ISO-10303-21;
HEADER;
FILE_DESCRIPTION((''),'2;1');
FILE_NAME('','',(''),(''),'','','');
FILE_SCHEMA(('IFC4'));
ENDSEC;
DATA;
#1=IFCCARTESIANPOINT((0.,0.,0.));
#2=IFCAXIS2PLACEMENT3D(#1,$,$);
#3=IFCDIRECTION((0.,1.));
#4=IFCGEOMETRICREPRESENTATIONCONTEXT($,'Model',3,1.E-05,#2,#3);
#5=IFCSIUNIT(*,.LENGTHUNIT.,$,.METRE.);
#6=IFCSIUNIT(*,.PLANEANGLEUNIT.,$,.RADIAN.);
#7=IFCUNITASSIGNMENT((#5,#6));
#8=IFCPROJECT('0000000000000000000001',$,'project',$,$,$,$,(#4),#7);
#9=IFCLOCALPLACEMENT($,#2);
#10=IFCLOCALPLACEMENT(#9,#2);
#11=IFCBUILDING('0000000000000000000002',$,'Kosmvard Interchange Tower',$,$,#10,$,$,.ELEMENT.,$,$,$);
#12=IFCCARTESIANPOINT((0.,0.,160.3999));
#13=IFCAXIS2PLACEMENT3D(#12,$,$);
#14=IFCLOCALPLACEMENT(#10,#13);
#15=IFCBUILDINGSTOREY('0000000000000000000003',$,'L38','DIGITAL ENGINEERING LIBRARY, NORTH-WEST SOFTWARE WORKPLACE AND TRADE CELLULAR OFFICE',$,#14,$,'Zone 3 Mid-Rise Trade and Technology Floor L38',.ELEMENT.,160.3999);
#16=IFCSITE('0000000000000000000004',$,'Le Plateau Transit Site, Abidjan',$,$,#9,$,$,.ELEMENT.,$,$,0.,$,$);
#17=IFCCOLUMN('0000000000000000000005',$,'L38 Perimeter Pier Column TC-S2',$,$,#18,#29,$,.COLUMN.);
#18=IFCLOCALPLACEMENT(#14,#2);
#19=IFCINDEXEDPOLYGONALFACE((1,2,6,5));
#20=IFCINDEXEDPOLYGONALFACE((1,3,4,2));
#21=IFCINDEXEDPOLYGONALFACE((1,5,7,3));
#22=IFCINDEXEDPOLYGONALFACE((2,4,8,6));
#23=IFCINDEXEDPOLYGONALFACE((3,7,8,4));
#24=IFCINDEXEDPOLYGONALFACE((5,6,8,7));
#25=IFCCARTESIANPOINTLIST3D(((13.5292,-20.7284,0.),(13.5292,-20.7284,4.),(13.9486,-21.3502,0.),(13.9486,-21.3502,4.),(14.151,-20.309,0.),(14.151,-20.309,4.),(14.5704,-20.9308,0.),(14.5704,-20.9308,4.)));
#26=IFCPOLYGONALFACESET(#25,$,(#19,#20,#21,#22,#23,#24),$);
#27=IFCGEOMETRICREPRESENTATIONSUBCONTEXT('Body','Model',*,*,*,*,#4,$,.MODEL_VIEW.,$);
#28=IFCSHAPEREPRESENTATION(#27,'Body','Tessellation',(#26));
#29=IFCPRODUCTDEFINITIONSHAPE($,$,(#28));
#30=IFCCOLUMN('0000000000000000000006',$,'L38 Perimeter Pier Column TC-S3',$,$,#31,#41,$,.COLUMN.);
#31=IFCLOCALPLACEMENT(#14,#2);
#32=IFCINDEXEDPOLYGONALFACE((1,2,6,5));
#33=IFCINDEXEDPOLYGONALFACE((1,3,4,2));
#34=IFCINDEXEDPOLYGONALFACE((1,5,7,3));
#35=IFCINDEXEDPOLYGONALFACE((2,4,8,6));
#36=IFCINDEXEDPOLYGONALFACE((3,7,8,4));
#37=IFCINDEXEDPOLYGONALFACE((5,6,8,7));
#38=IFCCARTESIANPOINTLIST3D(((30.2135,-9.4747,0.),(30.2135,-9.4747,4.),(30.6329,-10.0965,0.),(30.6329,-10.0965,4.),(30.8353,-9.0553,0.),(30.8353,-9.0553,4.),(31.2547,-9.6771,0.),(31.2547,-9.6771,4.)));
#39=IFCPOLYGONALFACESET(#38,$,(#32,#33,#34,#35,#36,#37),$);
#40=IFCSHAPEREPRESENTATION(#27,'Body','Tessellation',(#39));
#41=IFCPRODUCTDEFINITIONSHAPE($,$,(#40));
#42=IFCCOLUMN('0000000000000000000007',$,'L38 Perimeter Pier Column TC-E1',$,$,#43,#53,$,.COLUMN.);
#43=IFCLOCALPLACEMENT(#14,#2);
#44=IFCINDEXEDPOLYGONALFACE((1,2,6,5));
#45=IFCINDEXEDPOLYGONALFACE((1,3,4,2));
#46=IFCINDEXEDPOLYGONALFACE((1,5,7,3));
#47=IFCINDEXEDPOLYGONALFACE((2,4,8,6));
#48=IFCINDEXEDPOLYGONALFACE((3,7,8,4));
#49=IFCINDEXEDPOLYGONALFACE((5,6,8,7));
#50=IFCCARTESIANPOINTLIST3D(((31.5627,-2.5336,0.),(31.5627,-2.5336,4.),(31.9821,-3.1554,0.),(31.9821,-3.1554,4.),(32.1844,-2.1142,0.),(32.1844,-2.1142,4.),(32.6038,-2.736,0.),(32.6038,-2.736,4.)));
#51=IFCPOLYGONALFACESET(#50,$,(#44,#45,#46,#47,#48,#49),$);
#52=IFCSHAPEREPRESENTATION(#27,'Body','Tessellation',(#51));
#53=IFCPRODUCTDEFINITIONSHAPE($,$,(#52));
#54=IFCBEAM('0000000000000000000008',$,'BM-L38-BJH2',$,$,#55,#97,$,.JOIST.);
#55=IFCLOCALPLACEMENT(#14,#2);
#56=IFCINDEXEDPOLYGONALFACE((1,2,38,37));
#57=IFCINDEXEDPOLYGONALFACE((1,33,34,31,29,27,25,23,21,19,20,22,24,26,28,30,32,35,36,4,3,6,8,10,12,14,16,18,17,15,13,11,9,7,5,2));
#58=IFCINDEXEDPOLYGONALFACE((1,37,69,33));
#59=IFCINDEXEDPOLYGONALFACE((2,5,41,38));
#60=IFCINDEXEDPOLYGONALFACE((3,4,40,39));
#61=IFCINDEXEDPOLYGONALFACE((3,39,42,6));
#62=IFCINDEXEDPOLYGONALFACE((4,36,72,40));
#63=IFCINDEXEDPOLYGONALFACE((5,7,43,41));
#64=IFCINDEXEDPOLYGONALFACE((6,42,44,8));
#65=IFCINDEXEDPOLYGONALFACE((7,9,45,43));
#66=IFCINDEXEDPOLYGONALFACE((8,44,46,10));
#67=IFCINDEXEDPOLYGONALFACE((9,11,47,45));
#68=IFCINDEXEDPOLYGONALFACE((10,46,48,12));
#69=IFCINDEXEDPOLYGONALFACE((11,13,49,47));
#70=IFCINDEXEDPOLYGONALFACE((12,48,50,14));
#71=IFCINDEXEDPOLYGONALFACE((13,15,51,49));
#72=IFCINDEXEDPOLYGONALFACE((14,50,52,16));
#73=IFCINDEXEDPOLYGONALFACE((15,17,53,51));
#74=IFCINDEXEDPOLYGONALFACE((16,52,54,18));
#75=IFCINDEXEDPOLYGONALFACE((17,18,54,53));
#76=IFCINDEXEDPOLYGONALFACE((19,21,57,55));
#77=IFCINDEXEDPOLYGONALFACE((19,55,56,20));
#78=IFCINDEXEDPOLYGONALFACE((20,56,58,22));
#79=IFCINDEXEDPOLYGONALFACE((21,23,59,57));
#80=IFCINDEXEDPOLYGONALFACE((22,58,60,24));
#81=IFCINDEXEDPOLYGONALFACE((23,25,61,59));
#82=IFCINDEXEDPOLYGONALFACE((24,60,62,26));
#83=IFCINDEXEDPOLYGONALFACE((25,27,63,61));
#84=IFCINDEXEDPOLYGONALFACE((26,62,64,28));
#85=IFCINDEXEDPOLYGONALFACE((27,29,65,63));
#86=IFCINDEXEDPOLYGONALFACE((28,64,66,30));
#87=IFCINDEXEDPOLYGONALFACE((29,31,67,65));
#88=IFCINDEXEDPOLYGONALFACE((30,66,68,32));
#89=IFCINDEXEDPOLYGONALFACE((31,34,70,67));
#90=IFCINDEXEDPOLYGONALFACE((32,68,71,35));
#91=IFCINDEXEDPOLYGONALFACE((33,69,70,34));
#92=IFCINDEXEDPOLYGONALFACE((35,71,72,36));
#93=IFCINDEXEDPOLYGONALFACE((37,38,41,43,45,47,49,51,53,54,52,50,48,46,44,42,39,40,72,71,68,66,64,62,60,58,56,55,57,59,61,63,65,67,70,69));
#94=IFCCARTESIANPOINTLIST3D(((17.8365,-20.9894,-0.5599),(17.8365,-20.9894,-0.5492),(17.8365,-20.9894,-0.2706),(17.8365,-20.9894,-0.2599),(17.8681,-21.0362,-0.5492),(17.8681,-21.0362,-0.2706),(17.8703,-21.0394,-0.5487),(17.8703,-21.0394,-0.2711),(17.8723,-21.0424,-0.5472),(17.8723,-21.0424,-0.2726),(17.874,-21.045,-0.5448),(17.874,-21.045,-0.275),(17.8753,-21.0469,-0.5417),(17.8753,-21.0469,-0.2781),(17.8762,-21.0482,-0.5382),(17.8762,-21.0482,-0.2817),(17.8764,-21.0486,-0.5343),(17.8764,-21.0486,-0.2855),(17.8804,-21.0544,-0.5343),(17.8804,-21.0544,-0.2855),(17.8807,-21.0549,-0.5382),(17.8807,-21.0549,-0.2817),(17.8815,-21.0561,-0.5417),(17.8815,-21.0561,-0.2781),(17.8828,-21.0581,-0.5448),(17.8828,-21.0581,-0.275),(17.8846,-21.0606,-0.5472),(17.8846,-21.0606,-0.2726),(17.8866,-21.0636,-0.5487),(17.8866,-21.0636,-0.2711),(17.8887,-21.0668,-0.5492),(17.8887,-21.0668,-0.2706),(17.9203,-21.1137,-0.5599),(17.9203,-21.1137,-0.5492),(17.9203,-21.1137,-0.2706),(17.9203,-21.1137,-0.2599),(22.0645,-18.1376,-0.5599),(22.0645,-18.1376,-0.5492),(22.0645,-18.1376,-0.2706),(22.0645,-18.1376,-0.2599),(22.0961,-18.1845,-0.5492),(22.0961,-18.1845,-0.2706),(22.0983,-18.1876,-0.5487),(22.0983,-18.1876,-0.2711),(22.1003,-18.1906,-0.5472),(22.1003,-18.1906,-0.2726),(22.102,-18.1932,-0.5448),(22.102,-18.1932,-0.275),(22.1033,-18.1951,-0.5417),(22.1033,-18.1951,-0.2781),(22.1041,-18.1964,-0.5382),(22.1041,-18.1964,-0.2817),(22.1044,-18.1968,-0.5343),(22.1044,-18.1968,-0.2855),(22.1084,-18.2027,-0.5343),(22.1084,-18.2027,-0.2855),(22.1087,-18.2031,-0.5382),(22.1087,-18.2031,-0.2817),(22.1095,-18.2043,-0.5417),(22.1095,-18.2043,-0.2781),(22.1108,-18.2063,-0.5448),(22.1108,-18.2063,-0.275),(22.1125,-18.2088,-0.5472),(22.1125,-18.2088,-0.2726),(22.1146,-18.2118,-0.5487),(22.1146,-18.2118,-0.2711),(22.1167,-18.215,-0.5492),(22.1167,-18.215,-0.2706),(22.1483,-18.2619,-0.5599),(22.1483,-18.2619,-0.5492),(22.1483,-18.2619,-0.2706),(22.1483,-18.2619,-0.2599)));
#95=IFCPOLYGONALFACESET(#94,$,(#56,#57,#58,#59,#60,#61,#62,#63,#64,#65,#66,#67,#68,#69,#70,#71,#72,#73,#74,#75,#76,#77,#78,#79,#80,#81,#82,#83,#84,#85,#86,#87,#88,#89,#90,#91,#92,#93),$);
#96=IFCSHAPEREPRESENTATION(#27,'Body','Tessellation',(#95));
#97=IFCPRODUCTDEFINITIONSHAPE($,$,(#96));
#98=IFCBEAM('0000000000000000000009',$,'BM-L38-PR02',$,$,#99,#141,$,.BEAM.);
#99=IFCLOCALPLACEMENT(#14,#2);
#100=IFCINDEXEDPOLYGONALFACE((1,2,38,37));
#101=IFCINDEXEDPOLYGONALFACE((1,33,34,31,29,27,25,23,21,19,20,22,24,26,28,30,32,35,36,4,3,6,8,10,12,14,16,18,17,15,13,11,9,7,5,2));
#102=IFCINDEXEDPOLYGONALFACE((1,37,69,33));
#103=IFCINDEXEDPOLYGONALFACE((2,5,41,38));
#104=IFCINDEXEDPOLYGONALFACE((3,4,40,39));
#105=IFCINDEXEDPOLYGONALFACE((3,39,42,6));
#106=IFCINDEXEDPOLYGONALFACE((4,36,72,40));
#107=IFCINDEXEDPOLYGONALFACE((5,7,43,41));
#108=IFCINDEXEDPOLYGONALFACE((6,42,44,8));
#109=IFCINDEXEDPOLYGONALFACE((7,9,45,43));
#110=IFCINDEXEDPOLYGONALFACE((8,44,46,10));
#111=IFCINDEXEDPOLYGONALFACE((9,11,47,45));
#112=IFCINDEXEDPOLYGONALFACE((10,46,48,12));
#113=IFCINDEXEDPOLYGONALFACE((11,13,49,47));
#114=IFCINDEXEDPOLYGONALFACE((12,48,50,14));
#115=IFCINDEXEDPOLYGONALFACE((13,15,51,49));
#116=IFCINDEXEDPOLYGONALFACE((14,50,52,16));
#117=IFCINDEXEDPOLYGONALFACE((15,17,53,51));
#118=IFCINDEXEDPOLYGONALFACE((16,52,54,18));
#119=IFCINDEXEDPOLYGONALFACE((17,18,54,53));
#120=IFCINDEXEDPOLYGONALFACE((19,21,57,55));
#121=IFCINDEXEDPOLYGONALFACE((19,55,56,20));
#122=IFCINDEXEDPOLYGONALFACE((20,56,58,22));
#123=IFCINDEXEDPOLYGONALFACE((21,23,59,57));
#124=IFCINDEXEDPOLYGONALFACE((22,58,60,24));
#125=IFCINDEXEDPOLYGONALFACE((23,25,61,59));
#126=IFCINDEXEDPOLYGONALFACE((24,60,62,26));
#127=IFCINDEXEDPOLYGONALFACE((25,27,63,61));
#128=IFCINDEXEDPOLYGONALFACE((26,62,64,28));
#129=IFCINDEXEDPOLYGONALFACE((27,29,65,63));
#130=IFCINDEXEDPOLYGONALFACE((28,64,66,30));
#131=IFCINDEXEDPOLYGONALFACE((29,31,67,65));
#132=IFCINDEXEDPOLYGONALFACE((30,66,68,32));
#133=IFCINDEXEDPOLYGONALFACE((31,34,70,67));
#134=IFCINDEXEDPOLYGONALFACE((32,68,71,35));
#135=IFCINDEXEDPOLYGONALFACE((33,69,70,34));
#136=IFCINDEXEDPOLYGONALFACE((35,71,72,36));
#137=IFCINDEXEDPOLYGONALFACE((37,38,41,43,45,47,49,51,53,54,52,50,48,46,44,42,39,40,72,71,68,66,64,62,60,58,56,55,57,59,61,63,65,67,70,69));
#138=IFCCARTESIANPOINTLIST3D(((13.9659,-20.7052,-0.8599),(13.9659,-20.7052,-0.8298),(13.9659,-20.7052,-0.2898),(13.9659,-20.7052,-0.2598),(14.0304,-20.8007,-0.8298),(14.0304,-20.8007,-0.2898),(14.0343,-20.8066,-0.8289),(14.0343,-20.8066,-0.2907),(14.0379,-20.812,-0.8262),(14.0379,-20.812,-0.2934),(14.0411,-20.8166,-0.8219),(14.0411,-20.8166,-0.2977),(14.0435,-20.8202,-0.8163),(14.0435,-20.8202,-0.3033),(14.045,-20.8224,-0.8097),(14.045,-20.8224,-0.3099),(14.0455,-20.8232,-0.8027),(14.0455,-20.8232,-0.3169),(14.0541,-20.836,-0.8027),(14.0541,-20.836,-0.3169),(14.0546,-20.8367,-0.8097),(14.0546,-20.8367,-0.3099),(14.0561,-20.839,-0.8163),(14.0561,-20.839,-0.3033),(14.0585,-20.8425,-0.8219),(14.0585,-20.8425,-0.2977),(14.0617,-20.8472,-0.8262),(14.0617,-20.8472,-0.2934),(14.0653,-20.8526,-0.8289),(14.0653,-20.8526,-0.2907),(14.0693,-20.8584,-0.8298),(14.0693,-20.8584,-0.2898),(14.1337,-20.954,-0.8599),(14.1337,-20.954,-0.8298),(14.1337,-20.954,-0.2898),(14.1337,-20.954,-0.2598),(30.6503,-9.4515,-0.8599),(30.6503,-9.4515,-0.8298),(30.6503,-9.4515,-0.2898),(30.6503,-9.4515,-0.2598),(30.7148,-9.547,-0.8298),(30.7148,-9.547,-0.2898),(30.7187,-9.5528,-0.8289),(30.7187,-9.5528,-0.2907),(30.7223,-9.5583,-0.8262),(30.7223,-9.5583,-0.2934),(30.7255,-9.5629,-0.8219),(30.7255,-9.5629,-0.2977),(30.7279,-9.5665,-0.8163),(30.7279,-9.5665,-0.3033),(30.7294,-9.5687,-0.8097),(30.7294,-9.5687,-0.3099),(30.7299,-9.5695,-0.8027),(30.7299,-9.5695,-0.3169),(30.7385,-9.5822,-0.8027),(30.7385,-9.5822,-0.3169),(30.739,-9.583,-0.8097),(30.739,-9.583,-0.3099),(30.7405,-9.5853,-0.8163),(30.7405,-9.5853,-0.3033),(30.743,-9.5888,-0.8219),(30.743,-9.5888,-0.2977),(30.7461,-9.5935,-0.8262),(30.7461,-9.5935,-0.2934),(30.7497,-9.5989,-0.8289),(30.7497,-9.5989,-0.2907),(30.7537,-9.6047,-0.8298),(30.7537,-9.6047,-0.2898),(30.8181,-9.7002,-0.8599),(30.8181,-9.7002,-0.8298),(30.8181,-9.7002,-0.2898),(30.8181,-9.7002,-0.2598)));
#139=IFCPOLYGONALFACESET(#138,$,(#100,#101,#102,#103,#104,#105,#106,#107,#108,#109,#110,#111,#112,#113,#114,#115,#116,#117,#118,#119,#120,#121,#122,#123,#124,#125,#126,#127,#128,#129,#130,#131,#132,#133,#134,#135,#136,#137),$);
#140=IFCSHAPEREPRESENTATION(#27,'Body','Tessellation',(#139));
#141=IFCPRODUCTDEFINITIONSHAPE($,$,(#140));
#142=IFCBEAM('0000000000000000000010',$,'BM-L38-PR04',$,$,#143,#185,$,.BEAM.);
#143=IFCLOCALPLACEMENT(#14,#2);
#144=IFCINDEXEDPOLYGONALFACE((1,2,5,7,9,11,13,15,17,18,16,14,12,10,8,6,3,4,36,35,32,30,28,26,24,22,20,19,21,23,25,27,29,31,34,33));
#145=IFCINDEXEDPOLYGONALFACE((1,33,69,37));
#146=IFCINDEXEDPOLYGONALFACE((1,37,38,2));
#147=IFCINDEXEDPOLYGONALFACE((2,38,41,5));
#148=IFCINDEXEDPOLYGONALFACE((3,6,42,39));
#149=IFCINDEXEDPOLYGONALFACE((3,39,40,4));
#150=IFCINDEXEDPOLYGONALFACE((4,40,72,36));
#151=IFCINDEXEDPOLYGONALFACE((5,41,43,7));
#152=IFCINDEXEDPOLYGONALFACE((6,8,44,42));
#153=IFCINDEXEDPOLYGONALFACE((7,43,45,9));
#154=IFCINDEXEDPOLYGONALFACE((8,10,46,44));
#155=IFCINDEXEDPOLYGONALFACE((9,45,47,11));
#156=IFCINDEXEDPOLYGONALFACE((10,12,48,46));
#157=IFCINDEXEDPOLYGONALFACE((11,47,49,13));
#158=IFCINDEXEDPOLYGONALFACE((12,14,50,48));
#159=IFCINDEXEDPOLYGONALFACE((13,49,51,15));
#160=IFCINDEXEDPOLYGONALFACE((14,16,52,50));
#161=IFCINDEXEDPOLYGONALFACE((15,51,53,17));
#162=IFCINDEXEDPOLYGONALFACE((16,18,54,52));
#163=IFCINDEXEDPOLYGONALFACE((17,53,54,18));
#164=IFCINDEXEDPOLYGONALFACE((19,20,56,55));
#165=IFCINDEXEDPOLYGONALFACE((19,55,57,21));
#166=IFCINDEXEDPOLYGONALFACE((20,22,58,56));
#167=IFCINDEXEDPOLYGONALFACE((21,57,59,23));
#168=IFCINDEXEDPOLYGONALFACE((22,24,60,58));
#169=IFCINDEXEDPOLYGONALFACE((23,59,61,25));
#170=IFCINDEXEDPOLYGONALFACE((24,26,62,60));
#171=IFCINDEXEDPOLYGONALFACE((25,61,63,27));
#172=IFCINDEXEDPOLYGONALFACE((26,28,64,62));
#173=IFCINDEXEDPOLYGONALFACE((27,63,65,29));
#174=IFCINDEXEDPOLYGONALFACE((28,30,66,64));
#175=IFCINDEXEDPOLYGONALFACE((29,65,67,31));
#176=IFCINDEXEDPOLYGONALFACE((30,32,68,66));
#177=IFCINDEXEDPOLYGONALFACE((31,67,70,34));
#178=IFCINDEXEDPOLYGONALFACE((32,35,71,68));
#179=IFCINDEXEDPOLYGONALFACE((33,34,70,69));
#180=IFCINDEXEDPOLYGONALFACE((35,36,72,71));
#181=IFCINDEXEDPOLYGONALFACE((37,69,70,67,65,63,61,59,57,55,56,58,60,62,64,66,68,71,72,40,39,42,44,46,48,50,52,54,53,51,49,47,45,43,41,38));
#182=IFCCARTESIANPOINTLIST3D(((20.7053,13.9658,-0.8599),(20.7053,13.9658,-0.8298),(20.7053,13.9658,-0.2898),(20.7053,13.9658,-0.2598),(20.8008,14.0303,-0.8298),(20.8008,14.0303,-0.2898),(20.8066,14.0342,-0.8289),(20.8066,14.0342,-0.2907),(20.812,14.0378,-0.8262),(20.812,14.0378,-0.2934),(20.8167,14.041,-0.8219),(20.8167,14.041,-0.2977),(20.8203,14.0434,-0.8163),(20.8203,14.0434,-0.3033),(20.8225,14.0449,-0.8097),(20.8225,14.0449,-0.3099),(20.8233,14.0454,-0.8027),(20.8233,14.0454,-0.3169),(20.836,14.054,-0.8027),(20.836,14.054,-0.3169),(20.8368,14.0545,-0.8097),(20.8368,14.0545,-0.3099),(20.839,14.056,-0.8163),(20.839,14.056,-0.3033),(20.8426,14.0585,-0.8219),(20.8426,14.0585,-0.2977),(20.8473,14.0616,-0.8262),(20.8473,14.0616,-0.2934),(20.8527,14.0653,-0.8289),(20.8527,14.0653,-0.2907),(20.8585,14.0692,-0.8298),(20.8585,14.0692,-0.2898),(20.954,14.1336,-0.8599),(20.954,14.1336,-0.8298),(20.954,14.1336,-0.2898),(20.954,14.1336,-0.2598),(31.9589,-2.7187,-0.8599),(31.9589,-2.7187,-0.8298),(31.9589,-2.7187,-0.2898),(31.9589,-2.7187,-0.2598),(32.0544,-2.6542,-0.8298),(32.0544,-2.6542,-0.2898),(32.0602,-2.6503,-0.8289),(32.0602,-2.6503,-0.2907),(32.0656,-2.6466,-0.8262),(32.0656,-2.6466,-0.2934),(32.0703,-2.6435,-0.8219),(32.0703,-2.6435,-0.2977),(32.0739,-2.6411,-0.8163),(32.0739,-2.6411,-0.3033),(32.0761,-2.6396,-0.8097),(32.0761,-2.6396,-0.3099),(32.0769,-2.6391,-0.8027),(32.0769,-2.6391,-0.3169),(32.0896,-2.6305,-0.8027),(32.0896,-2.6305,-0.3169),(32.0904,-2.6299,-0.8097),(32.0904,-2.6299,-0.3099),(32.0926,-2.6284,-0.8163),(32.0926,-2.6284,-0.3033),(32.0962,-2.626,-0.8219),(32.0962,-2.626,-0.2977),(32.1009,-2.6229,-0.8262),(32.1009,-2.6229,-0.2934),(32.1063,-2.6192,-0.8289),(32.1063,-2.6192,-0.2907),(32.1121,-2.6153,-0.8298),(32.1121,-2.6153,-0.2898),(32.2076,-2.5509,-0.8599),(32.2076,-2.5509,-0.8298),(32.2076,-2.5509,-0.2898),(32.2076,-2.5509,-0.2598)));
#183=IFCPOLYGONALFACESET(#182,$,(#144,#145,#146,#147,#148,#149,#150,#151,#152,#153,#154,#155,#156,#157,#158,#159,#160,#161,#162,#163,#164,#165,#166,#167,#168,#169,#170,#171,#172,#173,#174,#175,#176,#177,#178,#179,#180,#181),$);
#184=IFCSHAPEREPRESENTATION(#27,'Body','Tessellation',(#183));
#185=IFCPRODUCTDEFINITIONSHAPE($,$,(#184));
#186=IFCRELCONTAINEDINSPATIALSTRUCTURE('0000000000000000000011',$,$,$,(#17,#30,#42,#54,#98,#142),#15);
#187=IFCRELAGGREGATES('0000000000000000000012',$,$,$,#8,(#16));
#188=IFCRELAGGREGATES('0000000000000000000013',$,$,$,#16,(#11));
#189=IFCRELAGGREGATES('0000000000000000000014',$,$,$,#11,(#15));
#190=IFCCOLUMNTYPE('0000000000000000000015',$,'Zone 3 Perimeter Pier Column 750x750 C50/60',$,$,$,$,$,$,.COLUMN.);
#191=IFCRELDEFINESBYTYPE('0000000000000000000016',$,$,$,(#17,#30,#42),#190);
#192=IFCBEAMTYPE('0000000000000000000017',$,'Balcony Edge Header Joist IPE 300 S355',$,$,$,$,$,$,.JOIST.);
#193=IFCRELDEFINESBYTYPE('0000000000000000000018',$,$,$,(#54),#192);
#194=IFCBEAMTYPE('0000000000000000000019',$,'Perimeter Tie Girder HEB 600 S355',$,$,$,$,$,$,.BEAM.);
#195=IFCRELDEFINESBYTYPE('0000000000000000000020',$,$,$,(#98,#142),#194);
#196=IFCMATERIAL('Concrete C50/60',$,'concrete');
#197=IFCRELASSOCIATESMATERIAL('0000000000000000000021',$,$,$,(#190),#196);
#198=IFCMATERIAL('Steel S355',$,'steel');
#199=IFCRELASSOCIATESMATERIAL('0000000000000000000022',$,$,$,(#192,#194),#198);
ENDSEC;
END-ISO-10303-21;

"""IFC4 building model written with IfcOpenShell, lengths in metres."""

from ifc_helpers import new_model, si_unit, direction, frame, origin, origin_2d, place, context, subcontext, project, spatial, rectangle, i_section, extrude, source, transform, mapped, material, material_profile, profile_set, type_object, element, save


model = new_model("IFC4")

# Units and contexts
model_context = context("Model", 3, precision=1e-05, world=origin(), true_north=direction((0.0, 1.0)))
body_context = subcontext(model_context, "Body", "Model", "MODEL_VIEW")
ifc_project = project(units=[si_unit("LENGTHUNIT", "METRE"), si_unit("PLANEANGLEUNIT", "RADIAN")], contexts=[model_context])

# Site, building, storey
site_placement = place(None, origin())
site = spatial("IfcSite", under=ifc_project, at=site_placement, Name="Le Plateau Transit Site, Abidjan", CompositionType="ELEMENT", RefElevation=0.0)
building_placement = place(site_placement, origin())
building = spatial("IfcBuilding", under=site, at=building_placement, Name="Kosmvard Interchange Tower", CompositionType="ELEMENT")
storey_placement = place(building_placement, frame((0.0, 0.0, 160.3999)))
storey = spatial("IfcBuildingStorey", under=building, at=storey_placement, Name="L38", Description="DIGITAL ENGINEERING LIBRARY, NORTH-WEST SOFTWARE WORKPLACE AND TRADE CELLULAR OFFICE", LongName="Zone 3 Mid-Rise Trade and Technology Floor L38", CompositionType="ELEMENT", Elevation=160.3999)

# Columns
ifc_material_1 = material(Name="Concrete C50/60", Category="concrete")
ifc_material_profile_1 = material_profile(ifc_material_1, rectangle(XDim=0.75, YDim=0.75, at=origin_2d()), Name="TC 750x750")
ifc_profile_set_1 = profile_set([ifc_material_profile_1], Name="Concrete C50/60")
column_type = type_object("IfcColumnType", Name="Zone 3 Perimeter Pier Column 750x750 C50/60", PredefinedType="COLUMN", material=ifc_profile_set_1)
shared_shape_1 = source(origin(), body_context, "Body", "SweptSolid", [
    extrude(rectangle(XDim=0.75, YDim=0.75, at=origin_2d()), origin(), (0.0, 0.0, 1.0), 4.0),
])
for number, where, z_axis, x_axis, name in (
    (1, (14.0498, -20.8296, 0.0), (0.0, 0.0, 1.0), (0.829038, 0.559193, 0.0), "L38 Perimeter Pier Column TC-S2"),
    (2, (30.7341, -9.5759, 0.0), (0.0, 0.0, 1.0), (0.829038, 0.559193, 0.0), "L38 Perimeter Pier Column TC-S3"),
    (3, (32.0833, -2.6348, 0.0), (0.0, 0.0, 1.0), (0.829038, 0.559193, 0.0), "L38 Perimeter Pier Column TC-E1"),
):
    element("IfcColumn", number, at=place(storey_placement, frame(where, z_axis=z_axis, x_axis=x_axis)), inside=storey, type_object=column_type, Name=name, PredefinedType="COLUMN", context=body_context, shape_type="MappedRepresentation", body=[
        mapped(shared_shape_1, transform((0.0, 0.0, 0.0), scale=1.0)),
    ])

# Beams
ifc_material_2 = material(Name="Steel S355", Category="steel")
ifc_material_profile_2 = material_profile(ifc_material_2, i_section(OverallWidth=0.1499, OverallDepth=0.3, WebThickness=0.0071, FlangeThickness=0.0107, FilletRadius=0.0149, at=origin_2d()), Name="IPE 300")
ifc_profile_set_2 = profile_set([ifc_material_profile_2], Name="Steel S355")
beam_type_1 = type_object("IfcBeamType", Name="Balcony Edge Header Joist IPE 300 S355", PredefinedType="JOIST", material=ifc_profile_set_2)
shared_shape_2 = source(origin(), body_context, "Body", "SweptSolid", [
    extrude(i_section(OverallWidth=0.1499, OverallDepth=0.3, WebThickness=0.0071, FlangeThickness=0.0107, FilletRadius=0.0149, at=origin_2d()), origin(), (0.0, 0.0, 1.0), 5.0999),
])
beam_1_placement = place(storey_placement, frame((17.8784, -21.0515, -0.4099), z_axis=(0.829041, 0.559188, 0.0), x_axis=(-0.559188, 0.829041, 0.0)))
element("IfcBeam", 4, at=beam_1_placement, inside=storey, type_object=beam_type_1, Name="BM-L38-BJH2", PredefinedType="JOIST", context=body_context, shape_type="MappedRepresentation", body=[
    mapped(shared_shape_2, transform((0.0, 0.0, 0.0), scale=1.0)),
])
ifc_material_profile_3 = material_profile(ifc_material_2, i_section(OverallWidth=0.3, OverallDepth=0.6001, WebThickness=0.0154, FlangeThickness=0.03, FilletRadius=0.0271, at=origin_2d()), Name="HEB 600")
ifc_profile_set_3 = profile_set([ifc_material_profile_3], Name="Steel S355")
beam_type_2 = type_object("IfcBeamType", Name="Perimeter Tie Girder HEB 600 S355", PredefinedType="BEAM", material=ifc_profile_set_3)
shared_shape_3 = source(origin(), body_context, "Body", "SweptSolid", [
    extrude(i_section(OverallWidth=0.3, OverallDepth=0.6001, WebThickness=0.0154, FlangeThickness=0.03, FilletRadius=0.0271, at=origin_2d()), origin(), (0.0, 0.0, 1.0), 20.125),
])
for number, where, z_axis, x_axis, name in (
    (5, (14.0498, -20.8296, -0.5598), (0.829039, 0.559191, 0.0), (-0.559191, 0.829039, 0.0), "BM-L38-PR02"),
    (6, (32.0833, -2.6348, -0.5598), (-0.559185, 0.829043, 0.0), (-0.829043, -0.559185, 0.0), "BM-L38-PR04"),
):
    element("IfcBeam", number, at=place(storey_placement, frame(where, z_axis=z_axis, x_axis=x_axis)), inside=storey, type_object=beam_type_2, Name=name, PredefinedType="BEAM", context=body_context, shape_type="MappedRepresentation", body=[
        mapped(shared_shape_3, transform((0.0, 0.0, 0.0), scale=1.0)),
    ])

save(model, "model.ifc")
